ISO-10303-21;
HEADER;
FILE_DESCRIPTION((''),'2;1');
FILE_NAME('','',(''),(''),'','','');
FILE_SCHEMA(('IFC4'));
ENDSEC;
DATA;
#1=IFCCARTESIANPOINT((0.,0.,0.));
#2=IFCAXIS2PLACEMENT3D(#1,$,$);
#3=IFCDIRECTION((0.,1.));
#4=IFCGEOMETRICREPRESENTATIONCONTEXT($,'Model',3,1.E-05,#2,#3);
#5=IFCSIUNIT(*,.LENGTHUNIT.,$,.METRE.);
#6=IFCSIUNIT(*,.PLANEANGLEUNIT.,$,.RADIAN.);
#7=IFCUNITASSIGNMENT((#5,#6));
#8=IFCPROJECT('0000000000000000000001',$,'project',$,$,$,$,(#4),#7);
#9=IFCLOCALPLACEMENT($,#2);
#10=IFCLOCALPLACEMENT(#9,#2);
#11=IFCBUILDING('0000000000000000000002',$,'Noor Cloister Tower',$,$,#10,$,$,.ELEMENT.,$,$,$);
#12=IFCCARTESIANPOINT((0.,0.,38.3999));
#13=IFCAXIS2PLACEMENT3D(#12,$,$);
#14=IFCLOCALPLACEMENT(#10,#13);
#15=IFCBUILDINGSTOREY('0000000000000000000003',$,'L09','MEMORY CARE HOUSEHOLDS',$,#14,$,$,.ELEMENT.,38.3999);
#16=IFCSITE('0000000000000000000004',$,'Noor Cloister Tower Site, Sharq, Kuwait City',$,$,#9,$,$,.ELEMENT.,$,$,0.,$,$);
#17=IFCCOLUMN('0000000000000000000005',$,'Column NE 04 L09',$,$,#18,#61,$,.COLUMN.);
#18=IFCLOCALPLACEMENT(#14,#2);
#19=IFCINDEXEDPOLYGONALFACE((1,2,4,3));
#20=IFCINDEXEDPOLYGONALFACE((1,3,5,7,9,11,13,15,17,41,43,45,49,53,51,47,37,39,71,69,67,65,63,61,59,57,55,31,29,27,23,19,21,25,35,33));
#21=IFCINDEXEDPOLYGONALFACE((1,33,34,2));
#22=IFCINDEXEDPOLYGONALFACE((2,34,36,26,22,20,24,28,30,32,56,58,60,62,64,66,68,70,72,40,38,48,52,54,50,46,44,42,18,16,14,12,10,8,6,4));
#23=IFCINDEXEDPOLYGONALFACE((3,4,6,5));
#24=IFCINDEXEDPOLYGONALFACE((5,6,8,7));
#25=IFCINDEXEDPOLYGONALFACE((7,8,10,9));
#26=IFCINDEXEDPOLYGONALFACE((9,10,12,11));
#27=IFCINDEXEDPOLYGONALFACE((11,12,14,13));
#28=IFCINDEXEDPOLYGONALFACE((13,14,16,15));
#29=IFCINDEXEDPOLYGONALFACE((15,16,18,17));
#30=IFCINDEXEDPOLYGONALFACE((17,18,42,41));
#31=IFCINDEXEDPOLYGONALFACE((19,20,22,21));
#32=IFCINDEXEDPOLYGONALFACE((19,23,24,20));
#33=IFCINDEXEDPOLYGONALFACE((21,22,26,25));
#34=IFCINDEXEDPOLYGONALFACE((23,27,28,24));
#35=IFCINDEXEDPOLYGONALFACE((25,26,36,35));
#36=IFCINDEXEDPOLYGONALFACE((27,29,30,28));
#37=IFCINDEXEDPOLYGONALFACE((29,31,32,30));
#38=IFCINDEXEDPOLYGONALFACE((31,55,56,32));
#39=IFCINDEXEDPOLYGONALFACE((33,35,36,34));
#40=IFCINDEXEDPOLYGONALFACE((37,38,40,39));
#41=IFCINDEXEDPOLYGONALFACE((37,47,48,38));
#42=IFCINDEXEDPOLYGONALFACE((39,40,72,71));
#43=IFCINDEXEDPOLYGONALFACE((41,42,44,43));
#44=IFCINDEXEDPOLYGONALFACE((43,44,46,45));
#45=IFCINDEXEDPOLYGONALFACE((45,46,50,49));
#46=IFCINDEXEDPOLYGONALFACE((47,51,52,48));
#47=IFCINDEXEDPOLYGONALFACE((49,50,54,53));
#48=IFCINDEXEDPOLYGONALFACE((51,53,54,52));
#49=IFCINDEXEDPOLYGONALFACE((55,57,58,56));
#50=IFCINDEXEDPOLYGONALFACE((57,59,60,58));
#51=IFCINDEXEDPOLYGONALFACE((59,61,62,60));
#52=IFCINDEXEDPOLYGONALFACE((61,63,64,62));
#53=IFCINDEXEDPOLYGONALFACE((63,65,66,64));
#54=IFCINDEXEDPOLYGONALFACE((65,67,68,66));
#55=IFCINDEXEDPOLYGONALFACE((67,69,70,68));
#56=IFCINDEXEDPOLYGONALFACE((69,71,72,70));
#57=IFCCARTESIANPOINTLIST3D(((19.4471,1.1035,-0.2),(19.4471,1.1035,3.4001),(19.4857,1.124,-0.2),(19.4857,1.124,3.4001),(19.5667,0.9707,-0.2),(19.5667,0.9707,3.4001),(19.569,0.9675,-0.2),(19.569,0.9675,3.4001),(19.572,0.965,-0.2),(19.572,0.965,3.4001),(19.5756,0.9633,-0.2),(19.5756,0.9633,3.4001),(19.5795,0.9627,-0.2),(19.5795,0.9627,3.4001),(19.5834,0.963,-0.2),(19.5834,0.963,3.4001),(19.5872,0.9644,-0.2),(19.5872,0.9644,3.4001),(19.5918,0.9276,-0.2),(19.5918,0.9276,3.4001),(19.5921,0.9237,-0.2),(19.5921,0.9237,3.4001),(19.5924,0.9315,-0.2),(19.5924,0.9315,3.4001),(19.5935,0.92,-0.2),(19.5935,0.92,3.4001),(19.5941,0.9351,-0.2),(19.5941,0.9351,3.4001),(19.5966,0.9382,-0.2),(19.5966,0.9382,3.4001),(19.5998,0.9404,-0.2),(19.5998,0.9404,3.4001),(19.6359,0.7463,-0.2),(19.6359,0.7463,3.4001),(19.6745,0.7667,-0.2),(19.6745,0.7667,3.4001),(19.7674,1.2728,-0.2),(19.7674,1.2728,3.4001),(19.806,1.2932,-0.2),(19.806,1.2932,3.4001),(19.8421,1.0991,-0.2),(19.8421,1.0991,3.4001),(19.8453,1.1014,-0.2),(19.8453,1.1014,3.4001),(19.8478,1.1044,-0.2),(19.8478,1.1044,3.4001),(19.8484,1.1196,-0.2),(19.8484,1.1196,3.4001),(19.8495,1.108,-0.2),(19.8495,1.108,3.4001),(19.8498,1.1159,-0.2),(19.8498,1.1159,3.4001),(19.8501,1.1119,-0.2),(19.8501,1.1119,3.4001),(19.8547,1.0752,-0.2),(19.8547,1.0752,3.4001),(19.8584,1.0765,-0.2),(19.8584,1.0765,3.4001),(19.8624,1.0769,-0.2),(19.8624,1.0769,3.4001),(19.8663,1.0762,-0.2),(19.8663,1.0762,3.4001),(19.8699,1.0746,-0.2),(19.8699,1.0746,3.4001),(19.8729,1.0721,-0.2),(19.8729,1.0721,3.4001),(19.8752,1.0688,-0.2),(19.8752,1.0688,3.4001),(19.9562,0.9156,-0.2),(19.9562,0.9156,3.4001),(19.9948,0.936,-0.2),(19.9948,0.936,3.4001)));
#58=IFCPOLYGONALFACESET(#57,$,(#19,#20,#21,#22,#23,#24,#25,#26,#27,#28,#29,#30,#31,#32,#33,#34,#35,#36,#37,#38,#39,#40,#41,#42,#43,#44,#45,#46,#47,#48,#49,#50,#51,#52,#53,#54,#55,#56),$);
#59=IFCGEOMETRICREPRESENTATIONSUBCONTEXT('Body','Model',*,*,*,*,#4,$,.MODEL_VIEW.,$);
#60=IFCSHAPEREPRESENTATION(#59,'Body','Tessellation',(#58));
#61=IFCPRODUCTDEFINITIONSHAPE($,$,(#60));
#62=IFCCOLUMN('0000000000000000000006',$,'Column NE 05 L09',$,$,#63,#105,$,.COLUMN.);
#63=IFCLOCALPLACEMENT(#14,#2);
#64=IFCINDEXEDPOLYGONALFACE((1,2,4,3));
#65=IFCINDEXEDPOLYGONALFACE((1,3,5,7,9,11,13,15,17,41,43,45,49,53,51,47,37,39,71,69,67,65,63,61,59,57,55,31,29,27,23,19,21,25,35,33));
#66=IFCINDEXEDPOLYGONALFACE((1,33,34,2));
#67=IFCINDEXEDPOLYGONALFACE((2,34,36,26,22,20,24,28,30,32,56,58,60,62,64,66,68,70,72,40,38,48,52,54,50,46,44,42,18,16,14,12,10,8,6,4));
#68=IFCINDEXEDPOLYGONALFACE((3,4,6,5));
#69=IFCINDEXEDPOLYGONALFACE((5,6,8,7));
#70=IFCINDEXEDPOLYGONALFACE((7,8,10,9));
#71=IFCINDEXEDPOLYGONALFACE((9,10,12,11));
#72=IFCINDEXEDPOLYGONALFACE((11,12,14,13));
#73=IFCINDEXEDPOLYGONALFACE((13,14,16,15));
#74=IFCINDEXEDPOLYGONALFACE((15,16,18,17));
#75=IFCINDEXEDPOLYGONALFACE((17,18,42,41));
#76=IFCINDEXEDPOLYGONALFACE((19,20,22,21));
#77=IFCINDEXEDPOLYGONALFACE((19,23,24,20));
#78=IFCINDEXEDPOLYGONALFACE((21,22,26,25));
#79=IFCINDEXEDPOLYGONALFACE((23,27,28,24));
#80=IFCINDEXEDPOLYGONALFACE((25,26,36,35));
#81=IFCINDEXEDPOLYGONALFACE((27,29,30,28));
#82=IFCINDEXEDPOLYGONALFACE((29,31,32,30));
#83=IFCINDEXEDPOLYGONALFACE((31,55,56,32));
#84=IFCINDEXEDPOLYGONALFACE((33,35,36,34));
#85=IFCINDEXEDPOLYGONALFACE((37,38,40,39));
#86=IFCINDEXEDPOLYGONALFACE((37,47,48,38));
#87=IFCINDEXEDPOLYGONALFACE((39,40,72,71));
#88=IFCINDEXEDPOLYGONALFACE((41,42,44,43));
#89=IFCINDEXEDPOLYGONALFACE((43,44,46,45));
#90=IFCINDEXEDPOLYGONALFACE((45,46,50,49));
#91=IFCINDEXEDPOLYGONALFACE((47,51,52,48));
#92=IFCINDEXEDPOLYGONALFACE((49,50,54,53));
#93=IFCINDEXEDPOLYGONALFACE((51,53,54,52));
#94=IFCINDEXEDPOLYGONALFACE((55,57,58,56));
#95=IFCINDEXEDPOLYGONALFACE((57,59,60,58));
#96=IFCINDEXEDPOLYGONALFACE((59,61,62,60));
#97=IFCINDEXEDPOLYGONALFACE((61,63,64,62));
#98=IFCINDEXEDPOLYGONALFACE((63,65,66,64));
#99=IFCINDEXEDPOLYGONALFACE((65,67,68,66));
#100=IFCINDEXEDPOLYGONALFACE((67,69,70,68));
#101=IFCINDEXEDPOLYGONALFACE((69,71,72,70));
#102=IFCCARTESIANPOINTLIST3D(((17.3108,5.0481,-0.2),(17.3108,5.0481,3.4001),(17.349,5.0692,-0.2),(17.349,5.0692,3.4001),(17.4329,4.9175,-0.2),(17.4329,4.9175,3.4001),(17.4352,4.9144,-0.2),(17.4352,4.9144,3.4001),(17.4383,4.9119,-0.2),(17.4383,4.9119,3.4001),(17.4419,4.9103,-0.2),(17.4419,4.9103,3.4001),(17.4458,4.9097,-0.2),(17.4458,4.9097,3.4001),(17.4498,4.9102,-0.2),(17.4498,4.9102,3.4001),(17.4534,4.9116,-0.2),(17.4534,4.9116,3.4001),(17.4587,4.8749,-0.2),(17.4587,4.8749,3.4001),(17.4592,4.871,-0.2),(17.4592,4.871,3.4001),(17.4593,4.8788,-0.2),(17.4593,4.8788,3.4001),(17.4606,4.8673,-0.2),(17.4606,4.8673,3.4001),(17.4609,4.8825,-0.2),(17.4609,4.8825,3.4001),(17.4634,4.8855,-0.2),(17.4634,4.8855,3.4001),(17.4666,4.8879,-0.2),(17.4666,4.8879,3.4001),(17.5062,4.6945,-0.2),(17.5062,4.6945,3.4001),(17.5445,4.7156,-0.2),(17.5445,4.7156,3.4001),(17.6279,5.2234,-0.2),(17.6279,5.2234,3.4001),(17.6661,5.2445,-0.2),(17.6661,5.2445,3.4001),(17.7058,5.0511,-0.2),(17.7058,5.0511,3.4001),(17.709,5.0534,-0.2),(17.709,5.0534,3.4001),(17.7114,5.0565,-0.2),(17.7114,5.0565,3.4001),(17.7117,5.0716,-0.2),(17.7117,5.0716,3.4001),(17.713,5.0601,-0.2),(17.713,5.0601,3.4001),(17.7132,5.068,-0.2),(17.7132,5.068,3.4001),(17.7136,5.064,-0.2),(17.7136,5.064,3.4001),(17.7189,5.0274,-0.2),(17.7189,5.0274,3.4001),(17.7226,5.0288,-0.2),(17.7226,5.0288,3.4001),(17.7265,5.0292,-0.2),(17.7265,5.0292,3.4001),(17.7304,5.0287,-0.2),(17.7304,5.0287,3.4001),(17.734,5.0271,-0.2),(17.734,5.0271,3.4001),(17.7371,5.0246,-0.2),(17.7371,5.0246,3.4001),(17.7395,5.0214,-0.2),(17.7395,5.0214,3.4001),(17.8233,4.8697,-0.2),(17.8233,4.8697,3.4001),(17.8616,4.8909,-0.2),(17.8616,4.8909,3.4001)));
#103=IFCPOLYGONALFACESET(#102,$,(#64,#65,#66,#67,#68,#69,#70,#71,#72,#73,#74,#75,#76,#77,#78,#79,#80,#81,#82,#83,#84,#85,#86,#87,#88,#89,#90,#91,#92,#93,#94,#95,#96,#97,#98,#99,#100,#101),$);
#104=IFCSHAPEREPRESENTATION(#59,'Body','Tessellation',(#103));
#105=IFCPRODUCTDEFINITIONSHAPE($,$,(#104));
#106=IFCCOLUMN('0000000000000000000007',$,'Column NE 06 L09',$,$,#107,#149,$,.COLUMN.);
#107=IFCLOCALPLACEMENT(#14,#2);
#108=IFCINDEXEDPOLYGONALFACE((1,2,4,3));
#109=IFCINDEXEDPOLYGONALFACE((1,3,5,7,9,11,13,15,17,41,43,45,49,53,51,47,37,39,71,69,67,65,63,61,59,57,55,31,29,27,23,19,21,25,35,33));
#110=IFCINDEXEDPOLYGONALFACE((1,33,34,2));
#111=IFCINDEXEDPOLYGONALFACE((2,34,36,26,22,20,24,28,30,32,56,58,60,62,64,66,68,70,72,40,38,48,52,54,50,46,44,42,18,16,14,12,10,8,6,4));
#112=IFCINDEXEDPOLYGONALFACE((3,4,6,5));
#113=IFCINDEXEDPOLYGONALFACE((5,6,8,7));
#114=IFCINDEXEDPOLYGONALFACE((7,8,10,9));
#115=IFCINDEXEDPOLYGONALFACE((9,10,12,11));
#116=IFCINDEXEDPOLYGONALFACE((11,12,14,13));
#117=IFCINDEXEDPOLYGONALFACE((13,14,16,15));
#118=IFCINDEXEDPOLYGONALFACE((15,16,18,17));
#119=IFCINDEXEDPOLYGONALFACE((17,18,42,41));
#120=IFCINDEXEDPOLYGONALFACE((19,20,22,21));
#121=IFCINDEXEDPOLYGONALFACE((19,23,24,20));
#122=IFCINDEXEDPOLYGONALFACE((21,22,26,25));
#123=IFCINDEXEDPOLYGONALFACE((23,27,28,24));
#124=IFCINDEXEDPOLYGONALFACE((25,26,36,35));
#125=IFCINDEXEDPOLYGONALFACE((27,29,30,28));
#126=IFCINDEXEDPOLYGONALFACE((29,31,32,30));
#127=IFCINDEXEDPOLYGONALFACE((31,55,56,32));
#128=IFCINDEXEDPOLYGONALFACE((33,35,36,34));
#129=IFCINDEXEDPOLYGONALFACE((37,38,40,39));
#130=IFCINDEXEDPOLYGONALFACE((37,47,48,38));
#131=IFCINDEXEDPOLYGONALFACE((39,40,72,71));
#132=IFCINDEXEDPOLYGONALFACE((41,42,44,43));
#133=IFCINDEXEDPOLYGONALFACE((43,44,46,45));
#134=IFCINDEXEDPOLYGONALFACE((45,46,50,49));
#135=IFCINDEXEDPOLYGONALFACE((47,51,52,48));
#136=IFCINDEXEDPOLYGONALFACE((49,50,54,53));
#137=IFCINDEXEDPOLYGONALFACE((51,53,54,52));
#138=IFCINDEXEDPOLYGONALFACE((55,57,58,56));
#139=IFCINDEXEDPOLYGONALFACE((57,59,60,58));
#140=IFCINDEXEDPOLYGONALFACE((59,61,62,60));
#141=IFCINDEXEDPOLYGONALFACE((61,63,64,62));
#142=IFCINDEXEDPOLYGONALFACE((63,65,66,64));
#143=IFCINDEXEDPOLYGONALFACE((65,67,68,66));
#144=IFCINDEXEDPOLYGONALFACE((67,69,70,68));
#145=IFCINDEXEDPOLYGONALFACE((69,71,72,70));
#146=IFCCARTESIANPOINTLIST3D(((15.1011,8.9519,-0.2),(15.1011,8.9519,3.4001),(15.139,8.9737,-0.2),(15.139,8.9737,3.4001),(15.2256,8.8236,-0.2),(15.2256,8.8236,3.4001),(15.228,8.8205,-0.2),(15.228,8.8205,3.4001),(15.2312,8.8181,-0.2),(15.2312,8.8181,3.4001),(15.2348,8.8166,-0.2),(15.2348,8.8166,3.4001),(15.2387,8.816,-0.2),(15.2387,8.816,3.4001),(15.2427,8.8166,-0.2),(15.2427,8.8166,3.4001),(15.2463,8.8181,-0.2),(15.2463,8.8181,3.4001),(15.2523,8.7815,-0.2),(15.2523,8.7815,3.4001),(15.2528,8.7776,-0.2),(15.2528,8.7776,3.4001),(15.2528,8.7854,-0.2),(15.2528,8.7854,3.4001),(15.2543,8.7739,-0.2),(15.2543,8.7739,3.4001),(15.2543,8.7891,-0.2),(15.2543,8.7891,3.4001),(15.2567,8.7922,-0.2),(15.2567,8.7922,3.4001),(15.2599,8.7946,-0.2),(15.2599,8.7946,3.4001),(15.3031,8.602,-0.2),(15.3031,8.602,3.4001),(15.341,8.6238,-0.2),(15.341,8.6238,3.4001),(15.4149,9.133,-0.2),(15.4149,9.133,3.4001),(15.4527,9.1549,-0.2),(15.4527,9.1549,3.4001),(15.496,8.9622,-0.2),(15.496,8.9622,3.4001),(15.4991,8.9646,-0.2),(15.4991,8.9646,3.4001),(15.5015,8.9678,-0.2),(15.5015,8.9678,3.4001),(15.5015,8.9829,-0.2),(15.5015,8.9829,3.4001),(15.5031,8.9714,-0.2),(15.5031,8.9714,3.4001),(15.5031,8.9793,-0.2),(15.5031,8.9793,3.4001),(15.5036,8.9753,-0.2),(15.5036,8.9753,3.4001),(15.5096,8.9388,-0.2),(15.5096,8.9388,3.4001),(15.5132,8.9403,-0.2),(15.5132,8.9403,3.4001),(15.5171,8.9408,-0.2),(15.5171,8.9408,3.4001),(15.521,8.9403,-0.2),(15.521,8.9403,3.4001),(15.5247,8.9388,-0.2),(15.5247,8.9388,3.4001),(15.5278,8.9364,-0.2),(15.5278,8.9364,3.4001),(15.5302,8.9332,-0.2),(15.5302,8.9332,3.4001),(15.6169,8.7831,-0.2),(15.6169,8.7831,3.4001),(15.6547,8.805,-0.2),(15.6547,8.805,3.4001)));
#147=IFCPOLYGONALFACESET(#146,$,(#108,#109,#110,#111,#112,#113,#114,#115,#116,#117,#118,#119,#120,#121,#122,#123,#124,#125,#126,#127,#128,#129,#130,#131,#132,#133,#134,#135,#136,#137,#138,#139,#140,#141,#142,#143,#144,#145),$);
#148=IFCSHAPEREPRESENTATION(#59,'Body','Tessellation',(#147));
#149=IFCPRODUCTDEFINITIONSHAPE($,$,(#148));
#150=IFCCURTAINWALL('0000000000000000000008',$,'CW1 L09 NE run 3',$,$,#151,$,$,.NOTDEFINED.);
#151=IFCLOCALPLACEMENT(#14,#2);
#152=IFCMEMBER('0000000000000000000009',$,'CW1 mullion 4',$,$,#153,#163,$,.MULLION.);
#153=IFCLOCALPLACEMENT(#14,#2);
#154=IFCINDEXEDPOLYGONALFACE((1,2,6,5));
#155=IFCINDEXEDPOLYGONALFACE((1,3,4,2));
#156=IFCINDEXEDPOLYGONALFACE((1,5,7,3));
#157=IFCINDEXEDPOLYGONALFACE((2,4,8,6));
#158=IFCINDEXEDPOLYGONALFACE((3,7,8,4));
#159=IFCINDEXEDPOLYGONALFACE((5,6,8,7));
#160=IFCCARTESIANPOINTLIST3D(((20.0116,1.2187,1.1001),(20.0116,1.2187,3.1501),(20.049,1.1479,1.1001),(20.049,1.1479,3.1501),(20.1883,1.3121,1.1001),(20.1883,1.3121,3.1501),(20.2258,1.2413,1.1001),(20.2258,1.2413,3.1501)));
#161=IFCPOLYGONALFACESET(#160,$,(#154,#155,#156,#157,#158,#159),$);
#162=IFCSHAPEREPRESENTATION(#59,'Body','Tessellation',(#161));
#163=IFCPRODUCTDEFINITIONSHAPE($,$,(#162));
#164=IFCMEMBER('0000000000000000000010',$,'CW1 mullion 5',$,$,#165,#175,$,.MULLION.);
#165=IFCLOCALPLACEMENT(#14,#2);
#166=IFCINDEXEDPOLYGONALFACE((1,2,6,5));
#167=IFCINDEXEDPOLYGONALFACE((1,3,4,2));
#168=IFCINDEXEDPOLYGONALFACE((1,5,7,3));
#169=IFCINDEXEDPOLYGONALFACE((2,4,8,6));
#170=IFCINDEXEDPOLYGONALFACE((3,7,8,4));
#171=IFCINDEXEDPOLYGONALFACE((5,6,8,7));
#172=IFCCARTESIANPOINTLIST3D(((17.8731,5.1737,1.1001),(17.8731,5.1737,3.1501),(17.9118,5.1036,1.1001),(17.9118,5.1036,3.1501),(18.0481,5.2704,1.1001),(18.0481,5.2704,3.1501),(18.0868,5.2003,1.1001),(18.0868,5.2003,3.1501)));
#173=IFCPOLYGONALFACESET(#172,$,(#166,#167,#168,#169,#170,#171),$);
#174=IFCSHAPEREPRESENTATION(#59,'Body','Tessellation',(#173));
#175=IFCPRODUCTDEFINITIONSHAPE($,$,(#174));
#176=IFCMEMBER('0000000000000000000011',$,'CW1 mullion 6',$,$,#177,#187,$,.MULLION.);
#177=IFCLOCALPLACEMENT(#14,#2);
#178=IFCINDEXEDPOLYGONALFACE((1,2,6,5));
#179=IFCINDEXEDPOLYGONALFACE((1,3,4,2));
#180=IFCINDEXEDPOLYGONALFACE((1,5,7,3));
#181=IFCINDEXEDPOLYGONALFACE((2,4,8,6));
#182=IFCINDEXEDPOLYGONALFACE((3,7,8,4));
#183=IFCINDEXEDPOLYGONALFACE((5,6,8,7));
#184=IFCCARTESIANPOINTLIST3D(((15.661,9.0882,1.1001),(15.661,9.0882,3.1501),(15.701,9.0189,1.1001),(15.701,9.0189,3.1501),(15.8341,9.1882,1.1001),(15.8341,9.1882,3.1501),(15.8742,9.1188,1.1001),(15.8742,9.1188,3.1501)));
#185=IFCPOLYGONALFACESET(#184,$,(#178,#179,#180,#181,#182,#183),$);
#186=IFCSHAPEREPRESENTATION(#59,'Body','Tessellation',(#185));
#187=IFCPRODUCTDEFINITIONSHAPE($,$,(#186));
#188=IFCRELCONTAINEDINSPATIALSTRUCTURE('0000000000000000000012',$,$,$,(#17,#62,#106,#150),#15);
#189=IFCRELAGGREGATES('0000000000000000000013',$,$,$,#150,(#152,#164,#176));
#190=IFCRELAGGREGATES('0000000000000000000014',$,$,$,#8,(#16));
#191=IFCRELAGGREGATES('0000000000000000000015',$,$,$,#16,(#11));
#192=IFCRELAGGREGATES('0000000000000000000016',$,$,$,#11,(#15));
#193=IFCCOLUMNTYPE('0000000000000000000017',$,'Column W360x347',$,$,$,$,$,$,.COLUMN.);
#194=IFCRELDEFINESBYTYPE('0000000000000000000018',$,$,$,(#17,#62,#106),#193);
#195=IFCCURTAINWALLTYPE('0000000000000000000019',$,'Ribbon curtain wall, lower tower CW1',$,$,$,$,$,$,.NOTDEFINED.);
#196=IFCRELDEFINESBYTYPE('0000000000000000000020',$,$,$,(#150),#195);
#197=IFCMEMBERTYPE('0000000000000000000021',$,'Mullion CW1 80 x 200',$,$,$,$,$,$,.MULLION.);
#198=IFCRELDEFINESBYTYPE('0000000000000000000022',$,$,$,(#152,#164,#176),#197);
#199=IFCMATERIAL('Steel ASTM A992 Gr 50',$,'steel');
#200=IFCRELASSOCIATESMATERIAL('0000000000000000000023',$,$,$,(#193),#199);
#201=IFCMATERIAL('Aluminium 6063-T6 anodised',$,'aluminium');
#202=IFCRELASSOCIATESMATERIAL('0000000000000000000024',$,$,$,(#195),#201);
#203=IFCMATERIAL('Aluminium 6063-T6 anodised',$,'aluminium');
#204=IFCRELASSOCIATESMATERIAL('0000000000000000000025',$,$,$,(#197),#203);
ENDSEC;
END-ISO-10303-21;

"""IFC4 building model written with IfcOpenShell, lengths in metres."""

from ifc_helpers import new_model, si_unit, direction, frame, origin, origin_2d, place, context, subcontext, project, spatial, rectangle, i_section, extrude, material, material_profile, profile_set, type_object, element, aggregate, save


model = new_model("IFC4")

# Units and contexts
model_context = context("Model", 3, precision=1e-05, world=origin(), true_north=direction((0.0, 1.0)))
body_context = subcontext(model_context, "Body", "Model", "MODEL_VIEW")
ifc_project = project(units=[si_unit("LENGTHUNIT", "METRE"), si_unit("PLANEANGLEUNIT", "RADIAN")], contexts=[model_context])

# Site, building, storey
site_placement = place(None, origin())
site = spatial("IfcSite", under=ifc_project, at=site_placement, Name="Noor Cloister Tower Site, Sharq, Kuwait City", CompositionType="ELEMENT", RefElevation=0.0)
building_placement = place(site_placement, origin())
building = spatial("IfcBuilding", under=site, at=building_placement, Name="Noor Cloister Tower", CompositionType="ELEMENT")
storey_placement = place(building_placement, frame((0.0, 0.0, 38.3999)))
storey = spatial("IfcBuildingStorey", under=building, at=storey_placement, Name="L09", Description="MEMORY CARE HOUSEHOLDS", CompositionType="ELEMENT", Elevation=38.3999)

# Columns
ifc_material_1 = material(Name="Steel ASTM A992 Gr 50", Category="steel")
ifc_material_profile_1 = material_profile(ifc_material_1, i_section(OverallWidth=0.4041, OverallDepth=0.406, WebThickness=0.0271, FlangeThickness=0.0437, FilletRadius=0.0151, at=origin_2d()), Name="W360x347")
ifc_profile_set_1 = profile_set([ifc_material_profile_1], Name="Steel ASTM A992 Gr 50")
column_type = type_object("IfcColumnType", Name="Column W360x347", PredefinedType="COLUMN", material=ifc_profile_set_1)
for number, where, z_axis, x_axis, name in (
    (1, (19.7209, 1.0198, -0.2), (0.0, 0.0, 1.0), (-0.46722, 0.884141, 0.0), "Column NE 04 L09"),
    (2, (17.5862, 4.9695, -0.2), (0.0, 0.0, 1.0), (-0.483695, 0.875237, 0.0), "Column NE 05 L09"),
    (3, (15.3779, 8.8784, -0.2), (0.0, 0.0, 1.0), (-0.5, 0.866025, 0.0), "Column NE 06 L09"),
):
    element("IfcColumn", number, at=place(storey_placement, frame(where, z_axis=z_axis, x_axis=x_axis)), inside=storey, type_object=column_type, Name=name, PredefinedType="COLUMN", context=body_context, shape_type="SweptSolid", body=[
        extrude(i_section(OverallWidth=0.4041, OverallDepth=0.406, WebThickness=0.0271, FlangeThickness=0.0437, FilletRadius=0.0151, at=origin_2d()), origin(), (0.0, 0.0, 1.0), 3.6001),
    ])

# Curtain wall, members
ifc_material_2 = material(Name="Aluminium 6063-T6 anodised", Category="aluminium")
curtain_wall_type = type_object("IfcCurtainWallType", Name="Ribbon curtain wall, lower tower CW1", PredefinedType="NOTDEFINED", material=ifc_material_2)
curtain_wall_placement = place(storey_placement, origin())
curtain_wall = element("IfcCurtainWall", 4, at=curtain_wall_placement, inside=storey, type_object=curtain_wall_type, Name="CW1 L09 NE run 3", PredefinedType="NOTDEFINED")
ifc_material_3 = material(Name="Aluminium 6063-T6 anodised", Category="aluminium")
ifc_material_profile_2 = material_profile(ifc_material_3, rectangle(XDim=0.2, YDim=0.0801, at=origin_2d()), Name="200 x 80 mullion")
ifc_profile_set_2 = profile_set([ifc_material_profile_2], Name="Aluminium 6063-T6 anodised")
member_type = type_object("IfcMemberType", Name="Mullion CW1 80 x 200", PredefinedType="MULLION", material=ifc_profile_set_2)
member_1_placement = place(storey_placement, frame((20.1187, 1.23, 1.1001), z_axis=(0.0, 0.0, 1.0), x_axis=(-0.884141, -0.46722, 0.0)))
member_1 = element("IfcMember", 5, at=member_1_placement, type_object=member_type, Name="CW1 mullion 4", PredefinedType="MULLION", context=body_context, shape_type="SweptSolid", body=[
    extrude(rectangle(XDim=0.2, YDim=0.0801, at=origin_2d()), origin(), (0.0, 0.0, 1.0), 2.05),
])
member_2_placement = place(storey_placement, frame((17.98, 5.187, 1.1001), z_axis=(0.0, 0.0, 1.0), x_axis=(-0.875237, -0.483695, 0.0)))
member_2 = element("IfcMember", 6, at=member_2_placement, type_object=member_type, Name="CW1 mullion 5", PredefinedType="MULLION", context=body_context, shape_type="SweptSolid", body=[
    extrude(rectangle(XDim=0.2, YDim=0.0801, at=origin_2d()), origin(), (0.0, 0.0, 1.0), 2.05),
])
member_3_placement = place(storey_placement, frame((15.7676, 9.1035, 1.1001), z_axis=(0.0, 0.0, 1.0), x_axis=(-0.866025, -0.5, 0.0)))
member_3 = element("IfcMember", 7, at=member_3_placement, type_object=member_type, Name="CW1 mullion 6", PredefinedType="MULLION", context=body_context, shape_type="SweptSolid", body=[
    extrude(rectangle(XDim=0.2, YDim=0.0801, at=origin_2d()), origin(), (0.0, 0.0, 1.0), 2.05),
])

aggregate(curtain_wall, [member_1, member_2, member_3])

save(model, "model.ifc")
